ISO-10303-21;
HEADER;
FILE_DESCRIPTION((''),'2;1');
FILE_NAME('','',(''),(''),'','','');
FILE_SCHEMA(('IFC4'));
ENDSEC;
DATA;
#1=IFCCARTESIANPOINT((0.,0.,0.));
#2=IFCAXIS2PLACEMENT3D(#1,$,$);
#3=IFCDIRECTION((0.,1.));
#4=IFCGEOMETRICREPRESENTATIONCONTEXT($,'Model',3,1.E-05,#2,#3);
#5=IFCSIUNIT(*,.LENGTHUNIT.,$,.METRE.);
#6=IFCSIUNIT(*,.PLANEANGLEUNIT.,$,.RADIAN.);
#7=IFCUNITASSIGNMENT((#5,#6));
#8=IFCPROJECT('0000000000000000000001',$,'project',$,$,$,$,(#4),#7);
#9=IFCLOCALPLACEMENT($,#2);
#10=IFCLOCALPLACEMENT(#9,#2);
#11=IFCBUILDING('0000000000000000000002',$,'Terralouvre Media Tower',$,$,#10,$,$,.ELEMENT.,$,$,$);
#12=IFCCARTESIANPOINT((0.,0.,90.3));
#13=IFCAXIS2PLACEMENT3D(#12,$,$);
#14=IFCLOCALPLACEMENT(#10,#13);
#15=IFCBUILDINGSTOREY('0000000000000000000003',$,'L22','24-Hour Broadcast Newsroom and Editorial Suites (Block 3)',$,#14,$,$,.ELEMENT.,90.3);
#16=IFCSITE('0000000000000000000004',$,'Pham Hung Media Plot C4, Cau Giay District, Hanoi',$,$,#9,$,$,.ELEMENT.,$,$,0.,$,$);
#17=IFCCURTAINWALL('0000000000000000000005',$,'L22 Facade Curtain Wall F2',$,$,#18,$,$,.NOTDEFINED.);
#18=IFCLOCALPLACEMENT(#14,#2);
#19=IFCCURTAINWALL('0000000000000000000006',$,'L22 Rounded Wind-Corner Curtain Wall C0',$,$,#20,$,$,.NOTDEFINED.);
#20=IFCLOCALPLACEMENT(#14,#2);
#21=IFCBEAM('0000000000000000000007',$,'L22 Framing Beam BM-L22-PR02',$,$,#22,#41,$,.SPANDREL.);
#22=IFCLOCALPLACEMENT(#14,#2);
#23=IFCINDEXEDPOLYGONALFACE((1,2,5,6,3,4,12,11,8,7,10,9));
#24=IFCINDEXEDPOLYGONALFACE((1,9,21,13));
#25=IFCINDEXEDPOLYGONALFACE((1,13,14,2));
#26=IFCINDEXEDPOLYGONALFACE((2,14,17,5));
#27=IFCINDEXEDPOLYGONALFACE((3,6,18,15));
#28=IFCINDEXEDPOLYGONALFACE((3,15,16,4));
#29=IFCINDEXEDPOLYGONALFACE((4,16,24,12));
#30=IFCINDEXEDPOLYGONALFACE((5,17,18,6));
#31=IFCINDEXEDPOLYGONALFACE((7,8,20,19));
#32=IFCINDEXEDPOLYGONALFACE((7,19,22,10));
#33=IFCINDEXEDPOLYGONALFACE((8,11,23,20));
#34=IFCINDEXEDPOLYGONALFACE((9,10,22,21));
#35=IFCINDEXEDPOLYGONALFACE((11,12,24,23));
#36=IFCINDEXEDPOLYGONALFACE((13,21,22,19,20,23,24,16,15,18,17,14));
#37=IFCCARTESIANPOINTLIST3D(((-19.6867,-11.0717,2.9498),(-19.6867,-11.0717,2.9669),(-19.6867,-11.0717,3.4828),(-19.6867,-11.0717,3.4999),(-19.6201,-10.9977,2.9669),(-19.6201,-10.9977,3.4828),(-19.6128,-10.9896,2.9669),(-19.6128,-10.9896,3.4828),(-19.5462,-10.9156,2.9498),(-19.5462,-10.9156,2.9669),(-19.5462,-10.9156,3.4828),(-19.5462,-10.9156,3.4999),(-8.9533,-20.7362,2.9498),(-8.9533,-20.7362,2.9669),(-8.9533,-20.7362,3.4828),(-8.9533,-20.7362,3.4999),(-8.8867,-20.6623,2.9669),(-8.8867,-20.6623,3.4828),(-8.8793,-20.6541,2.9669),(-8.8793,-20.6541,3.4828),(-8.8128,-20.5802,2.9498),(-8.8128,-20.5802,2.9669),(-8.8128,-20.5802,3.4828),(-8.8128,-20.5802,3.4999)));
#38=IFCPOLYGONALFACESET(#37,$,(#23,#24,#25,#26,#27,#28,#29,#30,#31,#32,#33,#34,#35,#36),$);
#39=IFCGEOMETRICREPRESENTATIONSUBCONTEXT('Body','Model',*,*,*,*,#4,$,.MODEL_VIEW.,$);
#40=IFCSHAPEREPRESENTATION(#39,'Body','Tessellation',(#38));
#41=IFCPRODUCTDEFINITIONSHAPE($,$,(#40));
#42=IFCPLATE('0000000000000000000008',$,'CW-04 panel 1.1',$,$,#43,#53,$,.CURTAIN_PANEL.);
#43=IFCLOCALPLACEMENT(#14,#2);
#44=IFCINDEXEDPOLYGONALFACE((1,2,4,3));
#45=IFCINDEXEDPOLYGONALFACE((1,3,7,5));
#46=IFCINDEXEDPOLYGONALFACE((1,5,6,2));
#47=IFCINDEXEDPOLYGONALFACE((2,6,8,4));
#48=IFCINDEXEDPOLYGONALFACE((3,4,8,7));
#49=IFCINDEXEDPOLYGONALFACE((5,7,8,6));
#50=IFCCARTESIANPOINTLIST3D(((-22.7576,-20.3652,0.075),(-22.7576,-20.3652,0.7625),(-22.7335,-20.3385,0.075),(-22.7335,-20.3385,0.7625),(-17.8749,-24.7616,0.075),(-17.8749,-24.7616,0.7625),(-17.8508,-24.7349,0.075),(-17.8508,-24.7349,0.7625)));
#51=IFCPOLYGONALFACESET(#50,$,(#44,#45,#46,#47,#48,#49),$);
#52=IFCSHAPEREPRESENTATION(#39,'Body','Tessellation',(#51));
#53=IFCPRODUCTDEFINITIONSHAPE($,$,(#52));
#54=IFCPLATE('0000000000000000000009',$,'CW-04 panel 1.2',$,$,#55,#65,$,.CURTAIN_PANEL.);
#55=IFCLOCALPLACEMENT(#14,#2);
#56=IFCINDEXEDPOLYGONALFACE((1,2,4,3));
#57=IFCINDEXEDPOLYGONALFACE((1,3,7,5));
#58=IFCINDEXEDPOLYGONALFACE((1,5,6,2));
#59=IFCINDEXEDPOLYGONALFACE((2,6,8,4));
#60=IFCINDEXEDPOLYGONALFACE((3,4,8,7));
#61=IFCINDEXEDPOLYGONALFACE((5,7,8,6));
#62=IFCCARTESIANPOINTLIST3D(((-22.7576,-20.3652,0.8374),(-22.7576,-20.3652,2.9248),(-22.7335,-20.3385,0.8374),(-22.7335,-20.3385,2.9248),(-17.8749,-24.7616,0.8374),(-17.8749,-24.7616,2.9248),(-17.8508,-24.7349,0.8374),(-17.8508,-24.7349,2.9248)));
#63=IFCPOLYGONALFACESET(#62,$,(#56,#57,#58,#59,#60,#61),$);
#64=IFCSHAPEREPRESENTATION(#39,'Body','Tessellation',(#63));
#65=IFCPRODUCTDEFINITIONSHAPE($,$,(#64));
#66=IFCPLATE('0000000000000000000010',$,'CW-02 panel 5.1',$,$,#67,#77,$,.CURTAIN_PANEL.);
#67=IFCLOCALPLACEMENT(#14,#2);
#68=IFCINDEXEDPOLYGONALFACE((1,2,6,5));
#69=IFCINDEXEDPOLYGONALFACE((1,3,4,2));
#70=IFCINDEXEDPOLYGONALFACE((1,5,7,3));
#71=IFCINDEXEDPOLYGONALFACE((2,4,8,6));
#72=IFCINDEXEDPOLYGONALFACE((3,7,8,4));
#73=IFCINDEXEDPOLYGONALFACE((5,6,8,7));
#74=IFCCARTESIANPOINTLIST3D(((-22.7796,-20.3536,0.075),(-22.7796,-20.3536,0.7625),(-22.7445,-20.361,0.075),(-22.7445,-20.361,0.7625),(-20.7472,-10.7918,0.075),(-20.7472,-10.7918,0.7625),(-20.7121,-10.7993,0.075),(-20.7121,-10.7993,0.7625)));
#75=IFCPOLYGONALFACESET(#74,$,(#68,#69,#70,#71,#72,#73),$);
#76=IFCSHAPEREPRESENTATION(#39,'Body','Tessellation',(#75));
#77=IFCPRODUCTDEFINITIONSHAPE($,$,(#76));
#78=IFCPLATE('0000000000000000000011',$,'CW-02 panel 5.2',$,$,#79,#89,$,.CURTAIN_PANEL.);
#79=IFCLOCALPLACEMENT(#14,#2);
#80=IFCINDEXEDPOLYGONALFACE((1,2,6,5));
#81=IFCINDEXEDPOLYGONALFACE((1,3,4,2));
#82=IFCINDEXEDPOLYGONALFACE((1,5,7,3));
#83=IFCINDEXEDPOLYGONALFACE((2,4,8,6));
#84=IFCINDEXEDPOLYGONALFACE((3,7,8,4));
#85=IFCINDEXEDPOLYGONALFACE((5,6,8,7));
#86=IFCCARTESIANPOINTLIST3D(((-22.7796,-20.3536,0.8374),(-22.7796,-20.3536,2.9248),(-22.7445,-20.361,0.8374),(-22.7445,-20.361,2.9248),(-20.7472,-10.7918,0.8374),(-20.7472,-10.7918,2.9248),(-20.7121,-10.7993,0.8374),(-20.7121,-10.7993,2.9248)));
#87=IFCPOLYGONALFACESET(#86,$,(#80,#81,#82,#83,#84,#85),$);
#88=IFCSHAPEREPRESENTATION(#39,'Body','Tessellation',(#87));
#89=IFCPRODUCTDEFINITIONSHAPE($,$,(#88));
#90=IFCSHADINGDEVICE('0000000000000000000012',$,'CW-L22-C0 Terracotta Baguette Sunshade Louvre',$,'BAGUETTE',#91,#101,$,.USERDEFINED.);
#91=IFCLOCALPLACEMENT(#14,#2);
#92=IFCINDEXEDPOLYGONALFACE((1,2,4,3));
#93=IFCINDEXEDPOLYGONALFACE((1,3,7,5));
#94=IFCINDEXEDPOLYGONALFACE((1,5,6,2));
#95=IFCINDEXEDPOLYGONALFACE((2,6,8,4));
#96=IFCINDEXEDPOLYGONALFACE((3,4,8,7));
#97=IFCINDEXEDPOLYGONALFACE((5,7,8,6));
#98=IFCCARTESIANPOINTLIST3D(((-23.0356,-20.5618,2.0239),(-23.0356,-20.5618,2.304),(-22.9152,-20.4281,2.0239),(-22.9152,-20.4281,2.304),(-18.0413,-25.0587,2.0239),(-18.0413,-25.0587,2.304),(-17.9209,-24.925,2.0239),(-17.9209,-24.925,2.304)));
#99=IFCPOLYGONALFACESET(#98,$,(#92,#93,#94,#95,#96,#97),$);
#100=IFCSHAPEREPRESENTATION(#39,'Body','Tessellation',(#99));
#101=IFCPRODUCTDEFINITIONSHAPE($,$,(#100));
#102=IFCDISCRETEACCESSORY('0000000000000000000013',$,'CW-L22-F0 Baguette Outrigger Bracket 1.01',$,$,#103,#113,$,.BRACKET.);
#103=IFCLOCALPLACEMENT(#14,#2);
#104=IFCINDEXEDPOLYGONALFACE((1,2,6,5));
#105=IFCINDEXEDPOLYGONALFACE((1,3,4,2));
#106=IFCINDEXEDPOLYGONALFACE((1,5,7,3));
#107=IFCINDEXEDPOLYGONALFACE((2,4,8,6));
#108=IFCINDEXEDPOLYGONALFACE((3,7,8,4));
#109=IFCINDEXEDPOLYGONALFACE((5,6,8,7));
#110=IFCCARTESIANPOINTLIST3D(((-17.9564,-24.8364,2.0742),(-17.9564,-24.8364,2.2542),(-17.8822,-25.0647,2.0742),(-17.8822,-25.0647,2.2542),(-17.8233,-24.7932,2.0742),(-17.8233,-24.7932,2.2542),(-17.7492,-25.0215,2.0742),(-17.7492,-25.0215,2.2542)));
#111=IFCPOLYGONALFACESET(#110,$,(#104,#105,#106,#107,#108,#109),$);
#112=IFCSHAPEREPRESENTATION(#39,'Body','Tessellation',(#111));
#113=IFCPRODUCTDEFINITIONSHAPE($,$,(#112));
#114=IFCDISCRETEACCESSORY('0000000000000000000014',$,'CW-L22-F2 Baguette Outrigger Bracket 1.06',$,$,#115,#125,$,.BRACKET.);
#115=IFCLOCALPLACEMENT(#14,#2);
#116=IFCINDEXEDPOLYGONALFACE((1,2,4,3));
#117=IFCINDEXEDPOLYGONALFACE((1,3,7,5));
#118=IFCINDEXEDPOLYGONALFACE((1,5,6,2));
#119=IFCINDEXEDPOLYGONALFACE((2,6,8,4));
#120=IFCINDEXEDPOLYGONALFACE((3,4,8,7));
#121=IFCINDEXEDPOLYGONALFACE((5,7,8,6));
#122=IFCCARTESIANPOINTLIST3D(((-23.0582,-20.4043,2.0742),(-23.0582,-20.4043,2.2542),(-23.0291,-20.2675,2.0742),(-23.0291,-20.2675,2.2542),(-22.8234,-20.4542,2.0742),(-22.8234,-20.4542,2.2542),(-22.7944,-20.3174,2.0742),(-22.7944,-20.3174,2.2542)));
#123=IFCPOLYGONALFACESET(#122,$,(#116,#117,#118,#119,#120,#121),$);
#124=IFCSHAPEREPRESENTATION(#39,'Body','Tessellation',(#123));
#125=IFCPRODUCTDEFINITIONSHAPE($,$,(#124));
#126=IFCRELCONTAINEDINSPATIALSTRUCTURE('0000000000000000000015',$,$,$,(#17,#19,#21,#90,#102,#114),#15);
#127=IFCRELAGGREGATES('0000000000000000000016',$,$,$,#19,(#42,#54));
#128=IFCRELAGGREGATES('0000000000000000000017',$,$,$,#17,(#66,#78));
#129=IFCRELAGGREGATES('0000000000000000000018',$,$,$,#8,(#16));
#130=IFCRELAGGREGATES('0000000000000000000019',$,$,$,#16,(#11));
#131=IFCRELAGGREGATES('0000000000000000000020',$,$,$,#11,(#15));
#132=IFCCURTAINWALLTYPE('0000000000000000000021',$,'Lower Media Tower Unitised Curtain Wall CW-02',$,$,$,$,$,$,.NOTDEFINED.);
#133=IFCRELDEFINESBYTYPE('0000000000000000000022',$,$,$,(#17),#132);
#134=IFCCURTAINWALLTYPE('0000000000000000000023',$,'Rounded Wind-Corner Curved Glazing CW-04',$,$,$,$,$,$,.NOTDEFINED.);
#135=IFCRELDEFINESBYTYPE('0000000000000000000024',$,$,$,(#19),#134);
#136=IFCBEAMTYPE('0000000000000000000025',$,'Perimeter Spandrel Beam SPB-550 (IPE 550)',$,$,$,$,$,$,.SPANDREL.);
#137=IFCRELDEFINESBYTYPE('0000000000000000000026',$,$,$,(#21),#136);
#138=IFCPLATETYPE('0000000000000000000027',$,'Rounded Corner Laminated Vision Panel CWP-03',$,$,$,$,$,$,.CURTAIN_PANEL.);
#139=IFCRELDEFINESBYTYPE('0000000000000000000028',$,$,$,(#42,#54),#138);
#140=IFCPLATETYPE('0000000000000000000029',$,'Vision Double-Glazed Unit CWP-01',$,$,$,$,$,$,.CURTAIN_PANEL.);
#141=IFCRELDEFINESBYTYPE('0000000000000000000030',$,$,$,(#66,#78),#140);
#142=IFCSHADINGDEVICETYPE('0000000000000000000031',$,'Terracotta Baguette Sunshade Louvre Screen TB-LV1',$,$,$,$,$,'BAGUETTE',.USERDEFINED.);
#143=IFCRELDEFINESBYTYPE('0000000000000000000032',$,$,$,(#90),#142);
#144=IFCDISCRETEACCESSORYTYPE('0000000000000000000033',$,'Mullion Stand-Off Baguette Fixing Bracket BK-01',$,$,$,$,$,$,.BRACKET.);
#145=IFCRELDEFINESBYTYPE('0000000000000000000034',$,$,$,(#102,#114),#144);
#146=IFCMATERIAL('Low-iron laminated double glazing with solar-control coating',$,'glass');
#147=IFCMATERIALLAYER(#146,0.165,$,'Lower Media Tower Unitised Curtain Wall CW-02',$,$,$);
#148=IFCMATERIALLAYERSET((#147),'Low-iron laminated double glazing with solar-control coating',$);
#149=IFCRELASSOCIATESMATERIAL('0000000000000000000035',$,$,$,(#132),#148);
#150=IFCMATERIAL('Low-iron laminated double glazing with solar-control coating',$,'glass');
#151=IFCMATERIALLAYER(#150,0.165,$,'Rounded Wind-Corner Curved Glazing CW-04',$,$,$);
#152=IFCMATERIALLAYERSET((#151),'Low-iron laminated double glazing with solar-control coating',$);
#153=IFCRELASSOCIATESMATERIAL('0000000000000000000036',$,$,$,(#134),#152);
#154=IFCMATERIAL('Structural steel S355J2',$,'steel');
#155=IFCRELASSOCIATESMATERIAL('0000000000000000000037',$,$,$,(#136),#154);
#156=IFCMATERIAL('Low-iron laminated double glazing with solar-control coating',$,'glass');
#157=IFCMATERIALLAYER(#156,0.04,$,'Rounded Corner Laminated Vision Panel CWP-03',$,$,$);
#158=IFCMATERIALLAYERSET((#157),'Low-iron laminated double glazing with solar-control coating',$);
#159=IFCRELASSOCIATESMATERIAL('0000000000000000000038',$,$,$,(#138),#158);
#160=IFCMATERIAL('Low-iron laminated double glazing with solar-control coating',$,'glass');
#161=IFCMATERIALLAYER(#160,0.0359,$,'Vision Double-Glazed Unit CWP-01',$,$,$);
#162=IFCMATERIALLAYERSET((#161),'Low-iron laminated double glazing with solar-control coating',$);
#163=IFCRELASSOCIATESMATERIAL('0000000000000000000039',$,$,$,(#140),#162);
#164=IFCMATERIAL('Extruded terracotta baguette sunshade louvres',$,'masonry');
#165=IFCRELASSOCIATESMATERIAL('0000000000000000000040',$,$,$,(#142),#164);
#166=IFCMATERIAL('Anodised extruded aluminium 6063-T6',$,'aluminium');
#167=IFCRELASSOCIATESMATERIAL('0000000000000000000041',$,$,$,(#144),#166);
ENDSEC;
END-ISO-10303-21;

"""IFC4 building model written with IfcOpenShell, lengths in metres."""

from ifc_helpers import new_model, si_unit, direction, frame, origin, origin_2d, place, context, subcontext, project, spatial, rectangle, i_section, extrude, material, layer, layer_set, material_profile, profile_set, type_object, element, aggregate, save


model = new_model("IFC4")

# Units and contexts
model_context = context("Model", 3, precision=1e-05, world=origin(), true_north=direction((0.0, 1.0)))
body_context = subcontext(model_context, "Body", "Model", "MODEL_VIEW")
ifc_project = project(units=[si_unit("LENGTHUNIT", "METRE"), si_unit("PLANEANGLEUNIT", "RADIAN")], contexts=[model_context])

# Site, building, storey
site_placement = place(None, origin())
site = spatial("IfcSite", under=ifc_project, at=site_placement, Name="Pham Hung Media Plot C4, Cau Giay District, Hanoi", CompositionType="ELEMENT", RefElevation=0.0)
building_placement = place(site_placement, origin())
building = spatial("IfcBuilding", under=site, at=building_placement, Name="Terralouvre Media Tower", CompositionType="ELEMENT")
storey_placement = place(building_placement, frame((0.0, 0.0, 90.3)))
storey = spatial("IfcBuildingStorey", under=building, at=storey_placement, Name="L22", Description="24-Hour Broadcast Newsroom and Editorial Suites (Block 3)", CompositionType="ELEMENT", Elevation=90.3)

# Curtain walls
ifc_material_1 = material(Name="Low-iron laminated double glazing with solar-control coating", Category="glass")
ifc_layer_1 = layer(ifc_material_1, 0.165, Name="Lower Media Tower Unitised Curtain Wall CW-02")
ifc_layer_set_1 = layer_set([ifc_layer_1], Name="Low-iron laminated double glazing with solar-control coating")
curtain_wall_type_1 = type_object("IfcCurtainWallType", Name="Lower Media Tower Unitised Curtain Wall CW-02", PredefinedType="NOTDEFINED", material=ifc_layer_set_1)
curtain_wall_1_placement = place(storey_placement, origin())
curtain_wall_1 = element("IfcCurtainWall", 1, at=curtain_wall_1_placement, inside=storey, type_object=curtain_wall_type_1, Name="L22 Facade Curtain Wall F2", PredefinedType="NOTDEFINED")
ifc_material_2 = material(Name="Low-iron laminated double glazing with solar-control coating", Category="glass")
ifc_layer_2 = layer(ifc_material_2, 0.165, Name="Rounded Wind-Corner Curved Glazing CW-04")
ifc_layer_set_2 = layer_set([ifc_layer_2], Name="Low-iron laminated double glazing with solar-control coating")
curtain_wall_type_2 = type_object("IfcCurtainWallType", Name="Rounded Wind-Corner Curved Glazing CW-04", PredefinedType="NOTDEFINED", material=ifc_layer_set_2)
curtain_wall_2_placement = place(storey_placement, origin())
curtain_wall_2 = element("IfcCurtainWall", 2, at=curtain_wall_2_placement, inside=storey, type_object=curtain_wall_type_2, Name="L22 Rounded Wind-Corner Curtain Wall C0", PredefinedType="NOTDEFINED")

# Beam
ifc_material_3 = material(Name="Structural steel S355J2", Category="steel")
ifc_material_profile_1 = material_profile(ifc_material_3, i_section(OverallWidth=0.21, OverallDepth=0.55, WebThickness=0.011, FlangeThickness=0.0171, at=origin_2d()), Name="IPE 550")
ifc_profile_set_1 = profile_set([ifc_material_profile_1], Name="Structural steel S355J2")
beam_type = type_object("IfcBeamType", Name="Perimeter Spandrel Beam SPB-550 (IPE 550)", PredefinedType="SPANDREL", material=ifc_profile_set_1)
beam_placement = place(storey_placement, frame((-19.6165, -10.9937, 3.2249), z_axis=(0.743139, -0.669137, 0.0), x_axis=(0.669137, 0.743139, 0.0)))
element("IfcBeam", 3, at=beam_placement, inside=storey, type_object=beam_type, Name="L22 Framing Beam BM-L22-PR02", PredefinedType="SPANDREL", context=body_context, shape_type="SweptSolid", body=[
    extrude(i_section(OverallWidth=0.21, OverallDepth=0.55, WebThickness=0.011, FlangeThickness=0.0171, at=origin_2d()), origin(), (0.0, 0.0, 1.0), 14.4434),
])

# Plates
ifc_material_4 = material(Name="Low-iron laminated double glazing with solar-control coating", Category="glass")
ifc_layer_3 = layer(ifc_material_4, 0.04, Name="Rounded Corner Laminated Vision Panel CWP-03")
ifc_layer_set_3 = layer_set([ifc_layer_3], Name="Low-iron laminated double glazing with solar-control coating")
plate_type_1 = type_object("IfcPlateType", Name="Rounded Corner Laminated Vision Panel CWP-03", PredefinedType="CURTAIN_PANEL", material=ifc_layer_set_3)
plate_1_placement = place(storey_placement, frame((-20.3042, -22.55, 0.075), z_axis=(0.0, 0.0, 1.0), x_axis=(0.743145, -0.669131, 0.0)))
plate_1 = element("IfcPlate", 4, at=plate_1_placement, type_object=plate_type_1, Name="CW-04 panel 1.1", PredefinedType="CURTAIN_PANEL", context=body_context, shape_type="SweptSolid", body=[
    extrude(rectangle(XDim=6.5703, YDim=0.0359, at=origin_2d()), origin(), (0.0, 0.0, 1.0), 0.6875),
])
plate_2_placement = place(storey_placement, frame((-20.3042, -22.55, 0.8374), z_axis=(0.0, 0.0, 1.0), x_axis=(0.743145, -0.669131, 0.0)))
plate_2 = element("IfcPlate", 5, at=plate_2_placement, type_object=plate_type_1, Name="CW-04 panel 1.2", PredefinedType="CURTAIN_PANEL", context=body_context, shape_type="SweptSolid", body=[
    extrude(rectangle(XDim=6.5703, YDim=0.0359, at=origin_2d()), origin(), (0.0, 0.0, 1.0), 2.0874),
])
aggregate(curtain_wall_2, [plate_1, plate_2])
ifc_material_5 = material(Name="Low-iron laminated double glazing with solar-control coating", Category="glass")
ifc_layer_4 = layer(ifc_material_5, 0.0359, Name="Vision Double-Glazed Unit CWP-01")
ifc_layer_set_4 = layer_set([ifc_layer_4], Name="Low-iron laminated double glazing with solar-control coating")
plate_type_2 = type_object("IfcPlateType", Name="Vision Double-Glazed Unit CWP-01", PredefinedType="CURTAIN_PANEL", material=ifc_layer_set_4)
plate_3_placement = place(storey_placement, frame((-21.7458, -15.5764, 0.075), z_axis=(0.0, 0.0, 1.0), x_axis=(-0.207912, -0.978148, 0.0)))
plate_3 = element("IfcPlate", 6, at=plate_3_placement, type_object=plate_type_2, Name="CW-02 panel 5.1", PredefinedType="CURTAIN_PANEL", context=body_context, shape_type="SweptSolid", body=[
    extrude(rectangle(XDim=9.7754, YDim=0.0359, at=origin_2d()), origin(), (0.0, 0.0, 1.0), 0.6875),
])
plate_4_placement = place(storey_placement, frame((-21.7458, -15.5764, 0.8374), z_axis=(0.0, 0.0, 1.0), x_axis=(-0.207912, -0.978148, 0.0)))
plate_4 = element("IfcPlate", 7, at=plate_4_placement, type_object=plate_type_2, Name="CW-02 panel 5.2", PredefinedType="CURTAIN_PANEL", context=body_context, shape_type="SweptSolid", body=[
    extrude(rectangle(XDim=9.7754, YDim=0.0359, at=origin_2d()), origin(), (0.0, 0.0, 1.0), 2.0874),
])
aggregate(curtain_wall_1, [plate_3, plate_4])

# Shading device
ifc_material_6 = material(Name="Extruded terracotta baguette sunshade louvres", Category="masonry")
shading_device_type = type_object("IfcShadingDeviceType", Name="Terracotta Baguette Sunshade Louvre Screen TB-LV1", ElementType="BAGUETTE", PredefinedType="USERDEFINED", material=ifc_material_6)
shading_device_placement = place(storey_placement, frame((-20.4783, -22.7434, 2.0239), z_axis=(0.0, 0.0, 1.0), x_axis=(0.743145, -0.669131, 0.0)))
element("IfcShadingDevice", 8, at=shading_device_placement, inside=storey, type_object=shading_device_type, Name="CW-L22-C0 Terracotta Baguette Sunshade Louvre", ObjectType="BAGUETTE", PredefinedType="USERDEFINED", context=body_context, shape_type="SweptSolid", body=[
    extrude(rectangle(XDim=6.7205, YDim=0.1799, at=origin_2d()), origin(), (0.0, 0.0, 1.0), 0.28),
])

# Discrete accessories
ifc_material_7 = material(Name="Anodised extruded aluminium 6063-T6", Category="aluminium")
discrete_accessory_type = type_object("IfcDiscreteAccessoryType", Name="Mullion Stand-Off Baguette Fixing Bracket BK-01", PredefinedType="BRACKET", material=ifc_material_7)
for number, where, z_axis, x_axis, name in (
    (9, (-17.8528, -24.929, 2.0742), (0.0, 0.0, 1.0), (0.951057, 0.309017, 0.0), "CW-L22-F0 Baguette Outrigger Bracket 1.01"),
    (10, (-22.9263, -20.3608, 2.0742), (0.0, 0.0, 1.0), (-0.207912, -0.978148, 0.0), "CW-L22-F2 Baguette Outrigger Bracket 1.06"),
):
    element("IfcDiscreteAccessory", number, at=place(storey_placement, frame(where, z_axis=z_axis, x_axis=x_axis)), inside=storey, type_object=discrete_accessory_type, Name=name, PredefinedType="BRACKET", context=body_context, shape_type="SweptSolid", body=[
        extrude(rectangle(XDim=0.1399, YDim=0.24, at=origin_2d()), origin(), (0.0, 0.0, 1.0), 0.1799),
    ])

save(model, "model.ifc")
